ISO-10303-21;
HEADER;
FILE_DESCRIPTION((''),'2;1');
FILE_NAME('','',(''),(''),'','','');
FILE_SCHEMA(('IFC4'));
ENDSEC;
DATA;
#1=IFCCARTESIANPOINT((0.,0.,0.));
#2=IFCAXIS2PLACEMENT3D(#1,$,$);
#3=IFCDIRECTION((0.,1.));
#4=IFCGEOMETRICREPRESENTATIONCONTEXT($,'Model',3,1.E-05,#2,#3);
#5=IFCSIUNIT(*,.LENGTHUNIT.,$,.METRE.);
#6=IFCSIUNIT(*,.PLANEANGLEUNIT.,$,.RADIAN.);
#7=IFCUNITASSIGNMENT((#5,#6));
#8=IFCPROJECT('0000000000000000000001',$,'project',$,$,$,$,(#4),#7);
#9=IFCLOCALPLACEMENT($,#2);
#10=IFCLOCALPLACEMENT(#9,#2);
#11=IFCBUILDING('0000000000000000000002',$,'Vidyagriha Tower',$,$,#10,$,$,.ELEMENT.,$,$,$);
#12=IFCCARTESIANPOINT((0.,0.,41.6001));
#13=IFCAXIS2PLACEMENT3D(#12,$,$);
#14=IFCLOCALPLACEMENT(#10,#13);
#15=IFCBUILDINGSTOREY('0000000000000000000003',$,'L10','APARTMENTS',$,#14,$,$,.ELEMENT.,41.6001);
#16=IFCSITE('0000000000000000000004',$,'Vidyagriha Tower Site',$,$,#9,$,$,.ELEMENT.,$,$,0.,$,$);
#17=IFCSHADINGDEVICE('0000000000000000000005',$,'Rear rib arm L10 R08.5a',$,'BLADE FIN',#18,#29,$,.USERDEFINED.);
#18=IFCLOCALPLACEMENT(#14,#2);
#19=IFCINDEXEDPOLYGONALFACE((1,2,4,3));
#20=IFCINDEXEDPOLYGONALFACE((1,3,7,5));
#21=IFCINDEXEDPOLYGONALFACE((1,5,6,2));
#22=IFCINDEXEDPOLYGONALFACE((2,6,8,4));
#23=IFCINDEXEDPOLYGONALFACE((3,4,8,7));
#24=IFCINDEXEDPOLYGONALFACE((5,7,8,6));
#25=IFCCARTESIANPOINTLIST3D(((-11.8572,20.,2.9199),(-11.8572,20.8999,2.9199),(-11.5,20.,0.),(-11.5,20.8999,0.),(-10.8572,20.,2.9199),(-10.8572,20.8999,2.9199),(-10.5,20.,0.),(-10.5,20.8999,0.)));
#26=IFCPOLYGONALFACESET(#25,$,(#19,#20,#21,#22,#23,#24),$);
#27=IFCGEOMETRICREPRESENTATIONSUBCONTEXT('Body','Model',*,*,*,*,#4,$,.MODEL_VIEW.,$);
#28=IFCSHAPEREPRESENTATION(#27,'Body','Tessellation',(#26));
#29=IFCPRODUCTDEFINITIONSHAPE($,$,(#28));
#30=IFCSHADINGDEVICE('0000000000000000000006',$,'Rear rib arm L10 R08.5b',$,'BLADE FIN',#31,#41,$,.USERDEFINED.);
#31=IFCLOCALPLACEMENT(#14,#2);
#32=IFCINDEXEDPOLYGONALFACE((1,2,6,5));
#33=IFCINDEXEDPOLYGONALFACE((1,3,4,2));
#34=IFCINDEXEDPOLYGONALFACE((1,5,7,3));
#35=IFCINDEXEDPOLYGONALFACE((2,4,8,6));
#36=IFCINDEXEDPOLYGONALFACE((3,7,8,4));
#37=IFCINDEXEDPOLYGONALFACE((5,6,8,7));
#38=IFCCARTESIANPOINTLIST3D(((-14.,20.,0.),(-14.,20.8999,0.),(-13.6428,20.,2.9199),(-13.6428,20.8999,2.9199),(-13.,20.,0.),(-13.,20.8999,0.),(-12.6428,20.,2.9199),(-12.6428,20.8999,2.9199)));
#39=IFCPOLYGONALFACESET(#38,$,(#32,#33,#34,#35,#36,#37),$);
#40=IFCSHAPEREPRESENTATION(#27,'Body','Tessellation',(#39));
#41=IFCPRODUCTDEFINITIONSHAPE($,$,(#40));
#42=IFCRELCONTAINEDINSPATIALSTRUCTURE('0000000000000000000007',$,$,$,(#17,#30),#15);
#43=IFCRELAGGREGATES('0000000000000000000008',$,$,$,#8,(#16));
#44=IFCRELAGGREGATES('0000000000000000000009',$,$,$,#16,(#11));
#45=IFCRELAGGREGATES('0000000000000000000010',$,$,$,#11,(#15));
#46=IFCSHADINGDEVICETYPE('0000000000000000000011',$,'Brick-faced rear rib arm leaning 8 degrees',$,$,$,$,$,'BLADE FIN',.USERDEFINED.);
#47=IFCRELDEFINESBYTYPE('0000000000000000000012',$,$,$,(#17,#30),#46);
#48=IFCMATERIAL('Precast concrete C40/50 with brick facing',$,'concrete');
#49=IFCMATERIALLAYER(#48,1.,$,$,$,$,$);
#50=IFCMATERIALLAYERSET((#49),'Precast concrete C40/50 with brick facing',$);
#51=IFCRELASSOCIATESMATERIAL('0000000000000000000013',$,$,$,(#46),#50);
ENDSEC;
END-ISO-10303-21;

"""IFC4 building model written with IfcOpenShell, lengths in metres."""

from ifc_helpers import new_model, si_unit, direction, frame, origin, place, context, subcontext, project, spatial, polyline, outline, extrude, material, layer, layer_set, type_object, element, save


model = new_model("IFC4")

# Units and contexts
model_context = context("Model", 3, precision=1e-05, world=origin(), true_north=direction((0.0, 1.0)))
body_context = subcontext(model_context, "Body", "Model", "MODEL_VIEW")
ifc_project = project(units=[si_unit("LENGTHUNIT", "METRE"), si_unit("PLANEANGLEUNIT", "RADIAN")], contexts=[model_context])

# Site, building, storey
site_placement = place(None, origin())
site = spatial("IfcSite", under=ifc_project, at=site_placement, Name="Vidyagriha Tower Site", CompositionType="ELEMENT", RefElevation=0.0)
building_placement = place(site_placement, origin())
building = spatial("IfcBuilding", under=site, at=building_placement, Name="Vidyagriha Tower", CompositionType="ELEMENT")
storey_placement = place(building_placement, frame((0.0, 0.0, 41.6001)))
storey = spatial("IfcBuildingStorey", under=building, at=storey_placement, Name="L10", Description="APARTMENTS", CompositionType="ELEMENT", Elevation=41.6001)

# Shading devices
ifc_material_1 = material(Name="Precast concrete C40/50 with brick facing", Category="concrete")
ifc_layer_1 = layer(ifc_material_1, 1.0)
ifc_layer_set_1 = layer_set([ifc_layer_1], Name="Precast concrete C40/50 with brick facing")
shading_device_type = type_object("IfcShadingDeviceType", Name="Brick-faced rear rib arm leaning 8 degrees", ElementType="BLADE FIN", PredefinedType="USERDEFINED", material=ifc_layer_set_1)
shading_device_1_placement = place(storey_placement, frame((-10.5, 20.45, 0.0), z_axis=(0.0, 0.0, 1.0), x_axis=(-1.0, 0.0, 0.0)))
element("IfcShadingDevice", 1, at=shading_device_1_placement, inside=storey, type_object=shading_device_type, Name="Rear rib arm L10 R08.5a", ObjectType="BLADE FIN", PredefinedType="USERDEFINED", context=body_context, shape_type="SweptSolid", body=[
    extrude(outline(polyline([(0.0, 0.0), (1.0, 0.0), (1.3572, 2.9199), (0.3572, 2.9199), (0.0, 0.0)])), frame((0.0, 0.45, 0.0), z_axis=(0.0, -1.0, 0.0), x_axis=(1.0, 0.0, 0.0)), (0.0, 0.0, 1.0), 0.8999),
])
shading_device_2_placement = place(storey_placement, frame((-12.6428, 20.45, 0.0), z_axis=(0.0, 0.0, 1.0), x_axis=(-1.0, 0.0, 0.0)))
element("IfcShadingDevice", 2, at=shading_device_2_placement, inside=storey, type_object=shading_device_type, Name="Rear rib arm L10 R08.5b", ObjectType="BLADE FIN", PredefinedType="USERDEFINED", context=body_context, shape_type="SweptSolid", body=[
    extrude(outline(polyline([(0.3572, 0.0), (1.3572, 0.0), (1.0, 2.9199), (0.0, 2.9199), (0.3572, 0.0)])), frame((0.0, 0.45, 0.0), z_axis=(0.0, -1.0, 0.0), x_axis=(1.0, 0.0, 0.0)), (0.0, 0.0, 1.0), 0.8999),
])

save(model, "model.ifc")
